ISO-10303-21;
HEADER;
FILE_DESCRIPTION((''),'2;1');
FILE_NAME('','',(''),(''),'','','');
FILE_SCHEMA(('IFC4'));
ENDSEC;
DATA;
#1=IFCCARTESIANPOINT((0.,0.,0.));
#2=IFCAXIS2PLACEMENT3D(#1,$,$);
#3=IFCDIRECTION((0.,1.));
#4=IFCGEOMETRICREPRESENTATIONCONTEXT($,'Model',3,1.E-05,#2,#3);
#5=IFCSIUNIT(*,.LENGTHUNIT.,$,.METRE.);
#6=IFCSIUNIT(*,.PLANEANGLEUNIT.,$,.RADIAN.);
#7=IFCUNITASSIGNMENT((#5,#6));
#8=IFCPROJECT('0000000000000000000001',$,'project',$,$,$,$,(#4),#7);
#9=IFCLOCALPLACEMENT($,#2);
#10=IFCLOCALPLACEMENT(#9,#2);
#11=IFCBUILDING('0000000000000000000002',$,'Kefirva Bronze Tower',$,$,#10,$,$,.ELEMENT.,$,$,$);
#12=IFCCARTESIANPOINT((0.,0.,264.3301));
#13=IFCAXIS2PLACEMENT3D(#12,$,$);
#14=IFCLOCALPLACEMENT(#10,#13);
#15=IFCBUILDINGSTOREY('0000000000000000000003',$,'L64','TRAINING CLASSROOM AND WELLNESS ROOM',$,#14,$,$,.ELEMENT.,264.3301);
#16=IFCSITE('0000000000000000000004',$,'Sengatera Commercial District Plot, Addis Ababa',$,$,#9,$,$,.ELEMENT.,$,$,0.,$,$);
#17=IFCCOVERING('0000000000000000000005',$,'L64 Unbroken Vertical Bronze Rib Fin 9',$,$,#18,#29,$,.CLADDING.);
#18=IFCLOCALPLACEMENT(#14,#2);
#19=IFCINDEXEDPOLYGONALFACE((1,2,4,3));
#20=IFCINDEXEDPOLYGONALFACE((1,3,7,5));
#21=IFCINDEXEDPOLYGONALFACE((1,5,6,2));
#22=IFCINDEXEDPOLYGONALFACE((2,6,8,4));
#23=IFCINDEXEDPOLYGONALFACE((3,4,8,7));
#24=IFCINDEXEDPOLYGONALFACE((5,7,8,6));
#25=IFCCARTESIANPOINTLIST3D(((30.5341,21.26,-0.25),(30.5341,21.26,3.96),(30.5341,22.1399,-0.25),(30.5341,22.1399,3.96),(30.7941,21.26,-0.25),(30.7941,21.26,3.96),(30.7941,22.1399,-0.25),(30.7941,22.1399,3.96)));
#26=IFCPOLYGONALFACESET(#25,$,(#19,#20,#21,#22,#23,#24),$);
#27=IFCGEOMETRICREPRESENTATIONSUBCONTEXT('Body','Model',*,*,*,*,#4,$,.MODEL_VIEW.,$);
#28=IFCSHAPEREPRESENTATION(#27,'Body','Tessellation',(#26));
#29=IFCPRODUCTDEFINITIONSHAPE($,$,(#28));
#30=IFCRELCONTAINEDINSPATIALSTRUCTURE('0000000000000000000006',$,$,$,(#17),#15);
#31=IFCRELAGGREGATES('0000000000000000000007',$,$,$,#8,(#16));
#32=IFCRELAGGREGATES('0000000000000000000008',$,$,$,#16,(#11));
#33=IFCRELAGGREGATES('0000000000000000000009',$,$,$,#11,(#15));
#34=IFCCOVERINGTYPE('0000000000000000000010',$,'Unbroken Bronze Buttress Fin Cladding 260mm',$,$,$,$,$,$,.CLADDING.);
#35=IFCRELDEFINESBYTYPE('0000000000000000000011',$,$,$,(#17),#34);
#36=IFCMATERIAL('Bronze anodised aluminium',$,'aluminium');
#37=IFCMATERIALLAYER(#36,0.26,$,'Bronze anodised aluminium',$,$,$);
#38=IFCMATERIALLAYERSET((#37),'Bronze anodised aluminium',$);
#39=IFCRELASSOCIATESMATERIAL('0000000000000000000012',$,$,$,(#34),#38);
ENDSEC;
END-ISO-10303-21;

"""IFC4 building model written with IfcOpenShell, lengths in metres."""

from ifc_helpers import new_model, si_unit, direction, frame, origin, origin_2d, place, context, subcontext, project, spatial, rectangle, extrude, material, layer, layer_set, type_object, element, save


model = new_model("IFC4")

# Units and contexts
model_context = context("Model", 3, precision=1e-05, world=origin(), true_north=direction((0.0, 1.0)))
body_context = subcontext(model_context, "Body", "Model", "MODEL_VIEW")
ifc_project = project(units=[si_unit("LENGTHUNIT", "METRE"), si_unit("PLANEANGLEUNIT", "RADIAN")], contexts=[model_context])

# Site, building, storey
site_placement = place(None, origin())
site = spatial("IfcSite", under=ifc_project, at=site_placement, Name="Sengatera Commercial District Plot, Addis Ababa", CompositionType="ELEMENT", RefElevation=0.0)
building_placement = place(site_placement, origin())
building = spatial("IfcBuilding", under=site, at=building_placement, Name="Kefirva Bronze Tower", CompositionType="ELEMENT")
storey_placement = place(building_placement, frame((0.0, 0.0, 264.3301)))
storey = spatial("IfcBuildingStorey", under=building, at=storey_placement, Name="L64", Description="TRAINING CLASSROOM AND WELLNESS ROOM", CompositionType="ELEMENT", Elevation=264.3301)

# Shared definitions
ifc_material_1 = material(Name="Bronze anodised aluminium", Category="aluminium")

# Covering
ifc_layer_1 = layer(ifc_material_1, 0.26, Name="Bronze anodised aluminium")
ifc_layer_set_1 = layer_set([ifc_layer_1], Name="Bronze anodised aluminium")
covering_type_1 = type_object("IfcCoveringType", Name="Unbroken Bronze Buttress Fin Cladding 260mm", PredefinedType="CLADDING", material=ifc_layer_set_1)
covering_1_placement = place(storey_placement, frame((30.6641, 21.7, -0.25), z_axis=(0.0, 0.0, 1.0), x_axis=(1.0, 0.0, 0.0)))
element("IfcCovering", 1, at=covering_1_placement, inside=storey, type_object=covering_type_1, Name="L64 Unbroken Vertical Bronze Rib Fin 9", PredefinedType="CLADDING", context=body_context, shape_type="SweptSolid", body=[
    extrude(rectangle(XDim=0.26, YDim=0.8799, at=origin_2d()), origin(), (0.0, 0.0, 1.0), 4.21),
])

save(model, "model.ifc")
